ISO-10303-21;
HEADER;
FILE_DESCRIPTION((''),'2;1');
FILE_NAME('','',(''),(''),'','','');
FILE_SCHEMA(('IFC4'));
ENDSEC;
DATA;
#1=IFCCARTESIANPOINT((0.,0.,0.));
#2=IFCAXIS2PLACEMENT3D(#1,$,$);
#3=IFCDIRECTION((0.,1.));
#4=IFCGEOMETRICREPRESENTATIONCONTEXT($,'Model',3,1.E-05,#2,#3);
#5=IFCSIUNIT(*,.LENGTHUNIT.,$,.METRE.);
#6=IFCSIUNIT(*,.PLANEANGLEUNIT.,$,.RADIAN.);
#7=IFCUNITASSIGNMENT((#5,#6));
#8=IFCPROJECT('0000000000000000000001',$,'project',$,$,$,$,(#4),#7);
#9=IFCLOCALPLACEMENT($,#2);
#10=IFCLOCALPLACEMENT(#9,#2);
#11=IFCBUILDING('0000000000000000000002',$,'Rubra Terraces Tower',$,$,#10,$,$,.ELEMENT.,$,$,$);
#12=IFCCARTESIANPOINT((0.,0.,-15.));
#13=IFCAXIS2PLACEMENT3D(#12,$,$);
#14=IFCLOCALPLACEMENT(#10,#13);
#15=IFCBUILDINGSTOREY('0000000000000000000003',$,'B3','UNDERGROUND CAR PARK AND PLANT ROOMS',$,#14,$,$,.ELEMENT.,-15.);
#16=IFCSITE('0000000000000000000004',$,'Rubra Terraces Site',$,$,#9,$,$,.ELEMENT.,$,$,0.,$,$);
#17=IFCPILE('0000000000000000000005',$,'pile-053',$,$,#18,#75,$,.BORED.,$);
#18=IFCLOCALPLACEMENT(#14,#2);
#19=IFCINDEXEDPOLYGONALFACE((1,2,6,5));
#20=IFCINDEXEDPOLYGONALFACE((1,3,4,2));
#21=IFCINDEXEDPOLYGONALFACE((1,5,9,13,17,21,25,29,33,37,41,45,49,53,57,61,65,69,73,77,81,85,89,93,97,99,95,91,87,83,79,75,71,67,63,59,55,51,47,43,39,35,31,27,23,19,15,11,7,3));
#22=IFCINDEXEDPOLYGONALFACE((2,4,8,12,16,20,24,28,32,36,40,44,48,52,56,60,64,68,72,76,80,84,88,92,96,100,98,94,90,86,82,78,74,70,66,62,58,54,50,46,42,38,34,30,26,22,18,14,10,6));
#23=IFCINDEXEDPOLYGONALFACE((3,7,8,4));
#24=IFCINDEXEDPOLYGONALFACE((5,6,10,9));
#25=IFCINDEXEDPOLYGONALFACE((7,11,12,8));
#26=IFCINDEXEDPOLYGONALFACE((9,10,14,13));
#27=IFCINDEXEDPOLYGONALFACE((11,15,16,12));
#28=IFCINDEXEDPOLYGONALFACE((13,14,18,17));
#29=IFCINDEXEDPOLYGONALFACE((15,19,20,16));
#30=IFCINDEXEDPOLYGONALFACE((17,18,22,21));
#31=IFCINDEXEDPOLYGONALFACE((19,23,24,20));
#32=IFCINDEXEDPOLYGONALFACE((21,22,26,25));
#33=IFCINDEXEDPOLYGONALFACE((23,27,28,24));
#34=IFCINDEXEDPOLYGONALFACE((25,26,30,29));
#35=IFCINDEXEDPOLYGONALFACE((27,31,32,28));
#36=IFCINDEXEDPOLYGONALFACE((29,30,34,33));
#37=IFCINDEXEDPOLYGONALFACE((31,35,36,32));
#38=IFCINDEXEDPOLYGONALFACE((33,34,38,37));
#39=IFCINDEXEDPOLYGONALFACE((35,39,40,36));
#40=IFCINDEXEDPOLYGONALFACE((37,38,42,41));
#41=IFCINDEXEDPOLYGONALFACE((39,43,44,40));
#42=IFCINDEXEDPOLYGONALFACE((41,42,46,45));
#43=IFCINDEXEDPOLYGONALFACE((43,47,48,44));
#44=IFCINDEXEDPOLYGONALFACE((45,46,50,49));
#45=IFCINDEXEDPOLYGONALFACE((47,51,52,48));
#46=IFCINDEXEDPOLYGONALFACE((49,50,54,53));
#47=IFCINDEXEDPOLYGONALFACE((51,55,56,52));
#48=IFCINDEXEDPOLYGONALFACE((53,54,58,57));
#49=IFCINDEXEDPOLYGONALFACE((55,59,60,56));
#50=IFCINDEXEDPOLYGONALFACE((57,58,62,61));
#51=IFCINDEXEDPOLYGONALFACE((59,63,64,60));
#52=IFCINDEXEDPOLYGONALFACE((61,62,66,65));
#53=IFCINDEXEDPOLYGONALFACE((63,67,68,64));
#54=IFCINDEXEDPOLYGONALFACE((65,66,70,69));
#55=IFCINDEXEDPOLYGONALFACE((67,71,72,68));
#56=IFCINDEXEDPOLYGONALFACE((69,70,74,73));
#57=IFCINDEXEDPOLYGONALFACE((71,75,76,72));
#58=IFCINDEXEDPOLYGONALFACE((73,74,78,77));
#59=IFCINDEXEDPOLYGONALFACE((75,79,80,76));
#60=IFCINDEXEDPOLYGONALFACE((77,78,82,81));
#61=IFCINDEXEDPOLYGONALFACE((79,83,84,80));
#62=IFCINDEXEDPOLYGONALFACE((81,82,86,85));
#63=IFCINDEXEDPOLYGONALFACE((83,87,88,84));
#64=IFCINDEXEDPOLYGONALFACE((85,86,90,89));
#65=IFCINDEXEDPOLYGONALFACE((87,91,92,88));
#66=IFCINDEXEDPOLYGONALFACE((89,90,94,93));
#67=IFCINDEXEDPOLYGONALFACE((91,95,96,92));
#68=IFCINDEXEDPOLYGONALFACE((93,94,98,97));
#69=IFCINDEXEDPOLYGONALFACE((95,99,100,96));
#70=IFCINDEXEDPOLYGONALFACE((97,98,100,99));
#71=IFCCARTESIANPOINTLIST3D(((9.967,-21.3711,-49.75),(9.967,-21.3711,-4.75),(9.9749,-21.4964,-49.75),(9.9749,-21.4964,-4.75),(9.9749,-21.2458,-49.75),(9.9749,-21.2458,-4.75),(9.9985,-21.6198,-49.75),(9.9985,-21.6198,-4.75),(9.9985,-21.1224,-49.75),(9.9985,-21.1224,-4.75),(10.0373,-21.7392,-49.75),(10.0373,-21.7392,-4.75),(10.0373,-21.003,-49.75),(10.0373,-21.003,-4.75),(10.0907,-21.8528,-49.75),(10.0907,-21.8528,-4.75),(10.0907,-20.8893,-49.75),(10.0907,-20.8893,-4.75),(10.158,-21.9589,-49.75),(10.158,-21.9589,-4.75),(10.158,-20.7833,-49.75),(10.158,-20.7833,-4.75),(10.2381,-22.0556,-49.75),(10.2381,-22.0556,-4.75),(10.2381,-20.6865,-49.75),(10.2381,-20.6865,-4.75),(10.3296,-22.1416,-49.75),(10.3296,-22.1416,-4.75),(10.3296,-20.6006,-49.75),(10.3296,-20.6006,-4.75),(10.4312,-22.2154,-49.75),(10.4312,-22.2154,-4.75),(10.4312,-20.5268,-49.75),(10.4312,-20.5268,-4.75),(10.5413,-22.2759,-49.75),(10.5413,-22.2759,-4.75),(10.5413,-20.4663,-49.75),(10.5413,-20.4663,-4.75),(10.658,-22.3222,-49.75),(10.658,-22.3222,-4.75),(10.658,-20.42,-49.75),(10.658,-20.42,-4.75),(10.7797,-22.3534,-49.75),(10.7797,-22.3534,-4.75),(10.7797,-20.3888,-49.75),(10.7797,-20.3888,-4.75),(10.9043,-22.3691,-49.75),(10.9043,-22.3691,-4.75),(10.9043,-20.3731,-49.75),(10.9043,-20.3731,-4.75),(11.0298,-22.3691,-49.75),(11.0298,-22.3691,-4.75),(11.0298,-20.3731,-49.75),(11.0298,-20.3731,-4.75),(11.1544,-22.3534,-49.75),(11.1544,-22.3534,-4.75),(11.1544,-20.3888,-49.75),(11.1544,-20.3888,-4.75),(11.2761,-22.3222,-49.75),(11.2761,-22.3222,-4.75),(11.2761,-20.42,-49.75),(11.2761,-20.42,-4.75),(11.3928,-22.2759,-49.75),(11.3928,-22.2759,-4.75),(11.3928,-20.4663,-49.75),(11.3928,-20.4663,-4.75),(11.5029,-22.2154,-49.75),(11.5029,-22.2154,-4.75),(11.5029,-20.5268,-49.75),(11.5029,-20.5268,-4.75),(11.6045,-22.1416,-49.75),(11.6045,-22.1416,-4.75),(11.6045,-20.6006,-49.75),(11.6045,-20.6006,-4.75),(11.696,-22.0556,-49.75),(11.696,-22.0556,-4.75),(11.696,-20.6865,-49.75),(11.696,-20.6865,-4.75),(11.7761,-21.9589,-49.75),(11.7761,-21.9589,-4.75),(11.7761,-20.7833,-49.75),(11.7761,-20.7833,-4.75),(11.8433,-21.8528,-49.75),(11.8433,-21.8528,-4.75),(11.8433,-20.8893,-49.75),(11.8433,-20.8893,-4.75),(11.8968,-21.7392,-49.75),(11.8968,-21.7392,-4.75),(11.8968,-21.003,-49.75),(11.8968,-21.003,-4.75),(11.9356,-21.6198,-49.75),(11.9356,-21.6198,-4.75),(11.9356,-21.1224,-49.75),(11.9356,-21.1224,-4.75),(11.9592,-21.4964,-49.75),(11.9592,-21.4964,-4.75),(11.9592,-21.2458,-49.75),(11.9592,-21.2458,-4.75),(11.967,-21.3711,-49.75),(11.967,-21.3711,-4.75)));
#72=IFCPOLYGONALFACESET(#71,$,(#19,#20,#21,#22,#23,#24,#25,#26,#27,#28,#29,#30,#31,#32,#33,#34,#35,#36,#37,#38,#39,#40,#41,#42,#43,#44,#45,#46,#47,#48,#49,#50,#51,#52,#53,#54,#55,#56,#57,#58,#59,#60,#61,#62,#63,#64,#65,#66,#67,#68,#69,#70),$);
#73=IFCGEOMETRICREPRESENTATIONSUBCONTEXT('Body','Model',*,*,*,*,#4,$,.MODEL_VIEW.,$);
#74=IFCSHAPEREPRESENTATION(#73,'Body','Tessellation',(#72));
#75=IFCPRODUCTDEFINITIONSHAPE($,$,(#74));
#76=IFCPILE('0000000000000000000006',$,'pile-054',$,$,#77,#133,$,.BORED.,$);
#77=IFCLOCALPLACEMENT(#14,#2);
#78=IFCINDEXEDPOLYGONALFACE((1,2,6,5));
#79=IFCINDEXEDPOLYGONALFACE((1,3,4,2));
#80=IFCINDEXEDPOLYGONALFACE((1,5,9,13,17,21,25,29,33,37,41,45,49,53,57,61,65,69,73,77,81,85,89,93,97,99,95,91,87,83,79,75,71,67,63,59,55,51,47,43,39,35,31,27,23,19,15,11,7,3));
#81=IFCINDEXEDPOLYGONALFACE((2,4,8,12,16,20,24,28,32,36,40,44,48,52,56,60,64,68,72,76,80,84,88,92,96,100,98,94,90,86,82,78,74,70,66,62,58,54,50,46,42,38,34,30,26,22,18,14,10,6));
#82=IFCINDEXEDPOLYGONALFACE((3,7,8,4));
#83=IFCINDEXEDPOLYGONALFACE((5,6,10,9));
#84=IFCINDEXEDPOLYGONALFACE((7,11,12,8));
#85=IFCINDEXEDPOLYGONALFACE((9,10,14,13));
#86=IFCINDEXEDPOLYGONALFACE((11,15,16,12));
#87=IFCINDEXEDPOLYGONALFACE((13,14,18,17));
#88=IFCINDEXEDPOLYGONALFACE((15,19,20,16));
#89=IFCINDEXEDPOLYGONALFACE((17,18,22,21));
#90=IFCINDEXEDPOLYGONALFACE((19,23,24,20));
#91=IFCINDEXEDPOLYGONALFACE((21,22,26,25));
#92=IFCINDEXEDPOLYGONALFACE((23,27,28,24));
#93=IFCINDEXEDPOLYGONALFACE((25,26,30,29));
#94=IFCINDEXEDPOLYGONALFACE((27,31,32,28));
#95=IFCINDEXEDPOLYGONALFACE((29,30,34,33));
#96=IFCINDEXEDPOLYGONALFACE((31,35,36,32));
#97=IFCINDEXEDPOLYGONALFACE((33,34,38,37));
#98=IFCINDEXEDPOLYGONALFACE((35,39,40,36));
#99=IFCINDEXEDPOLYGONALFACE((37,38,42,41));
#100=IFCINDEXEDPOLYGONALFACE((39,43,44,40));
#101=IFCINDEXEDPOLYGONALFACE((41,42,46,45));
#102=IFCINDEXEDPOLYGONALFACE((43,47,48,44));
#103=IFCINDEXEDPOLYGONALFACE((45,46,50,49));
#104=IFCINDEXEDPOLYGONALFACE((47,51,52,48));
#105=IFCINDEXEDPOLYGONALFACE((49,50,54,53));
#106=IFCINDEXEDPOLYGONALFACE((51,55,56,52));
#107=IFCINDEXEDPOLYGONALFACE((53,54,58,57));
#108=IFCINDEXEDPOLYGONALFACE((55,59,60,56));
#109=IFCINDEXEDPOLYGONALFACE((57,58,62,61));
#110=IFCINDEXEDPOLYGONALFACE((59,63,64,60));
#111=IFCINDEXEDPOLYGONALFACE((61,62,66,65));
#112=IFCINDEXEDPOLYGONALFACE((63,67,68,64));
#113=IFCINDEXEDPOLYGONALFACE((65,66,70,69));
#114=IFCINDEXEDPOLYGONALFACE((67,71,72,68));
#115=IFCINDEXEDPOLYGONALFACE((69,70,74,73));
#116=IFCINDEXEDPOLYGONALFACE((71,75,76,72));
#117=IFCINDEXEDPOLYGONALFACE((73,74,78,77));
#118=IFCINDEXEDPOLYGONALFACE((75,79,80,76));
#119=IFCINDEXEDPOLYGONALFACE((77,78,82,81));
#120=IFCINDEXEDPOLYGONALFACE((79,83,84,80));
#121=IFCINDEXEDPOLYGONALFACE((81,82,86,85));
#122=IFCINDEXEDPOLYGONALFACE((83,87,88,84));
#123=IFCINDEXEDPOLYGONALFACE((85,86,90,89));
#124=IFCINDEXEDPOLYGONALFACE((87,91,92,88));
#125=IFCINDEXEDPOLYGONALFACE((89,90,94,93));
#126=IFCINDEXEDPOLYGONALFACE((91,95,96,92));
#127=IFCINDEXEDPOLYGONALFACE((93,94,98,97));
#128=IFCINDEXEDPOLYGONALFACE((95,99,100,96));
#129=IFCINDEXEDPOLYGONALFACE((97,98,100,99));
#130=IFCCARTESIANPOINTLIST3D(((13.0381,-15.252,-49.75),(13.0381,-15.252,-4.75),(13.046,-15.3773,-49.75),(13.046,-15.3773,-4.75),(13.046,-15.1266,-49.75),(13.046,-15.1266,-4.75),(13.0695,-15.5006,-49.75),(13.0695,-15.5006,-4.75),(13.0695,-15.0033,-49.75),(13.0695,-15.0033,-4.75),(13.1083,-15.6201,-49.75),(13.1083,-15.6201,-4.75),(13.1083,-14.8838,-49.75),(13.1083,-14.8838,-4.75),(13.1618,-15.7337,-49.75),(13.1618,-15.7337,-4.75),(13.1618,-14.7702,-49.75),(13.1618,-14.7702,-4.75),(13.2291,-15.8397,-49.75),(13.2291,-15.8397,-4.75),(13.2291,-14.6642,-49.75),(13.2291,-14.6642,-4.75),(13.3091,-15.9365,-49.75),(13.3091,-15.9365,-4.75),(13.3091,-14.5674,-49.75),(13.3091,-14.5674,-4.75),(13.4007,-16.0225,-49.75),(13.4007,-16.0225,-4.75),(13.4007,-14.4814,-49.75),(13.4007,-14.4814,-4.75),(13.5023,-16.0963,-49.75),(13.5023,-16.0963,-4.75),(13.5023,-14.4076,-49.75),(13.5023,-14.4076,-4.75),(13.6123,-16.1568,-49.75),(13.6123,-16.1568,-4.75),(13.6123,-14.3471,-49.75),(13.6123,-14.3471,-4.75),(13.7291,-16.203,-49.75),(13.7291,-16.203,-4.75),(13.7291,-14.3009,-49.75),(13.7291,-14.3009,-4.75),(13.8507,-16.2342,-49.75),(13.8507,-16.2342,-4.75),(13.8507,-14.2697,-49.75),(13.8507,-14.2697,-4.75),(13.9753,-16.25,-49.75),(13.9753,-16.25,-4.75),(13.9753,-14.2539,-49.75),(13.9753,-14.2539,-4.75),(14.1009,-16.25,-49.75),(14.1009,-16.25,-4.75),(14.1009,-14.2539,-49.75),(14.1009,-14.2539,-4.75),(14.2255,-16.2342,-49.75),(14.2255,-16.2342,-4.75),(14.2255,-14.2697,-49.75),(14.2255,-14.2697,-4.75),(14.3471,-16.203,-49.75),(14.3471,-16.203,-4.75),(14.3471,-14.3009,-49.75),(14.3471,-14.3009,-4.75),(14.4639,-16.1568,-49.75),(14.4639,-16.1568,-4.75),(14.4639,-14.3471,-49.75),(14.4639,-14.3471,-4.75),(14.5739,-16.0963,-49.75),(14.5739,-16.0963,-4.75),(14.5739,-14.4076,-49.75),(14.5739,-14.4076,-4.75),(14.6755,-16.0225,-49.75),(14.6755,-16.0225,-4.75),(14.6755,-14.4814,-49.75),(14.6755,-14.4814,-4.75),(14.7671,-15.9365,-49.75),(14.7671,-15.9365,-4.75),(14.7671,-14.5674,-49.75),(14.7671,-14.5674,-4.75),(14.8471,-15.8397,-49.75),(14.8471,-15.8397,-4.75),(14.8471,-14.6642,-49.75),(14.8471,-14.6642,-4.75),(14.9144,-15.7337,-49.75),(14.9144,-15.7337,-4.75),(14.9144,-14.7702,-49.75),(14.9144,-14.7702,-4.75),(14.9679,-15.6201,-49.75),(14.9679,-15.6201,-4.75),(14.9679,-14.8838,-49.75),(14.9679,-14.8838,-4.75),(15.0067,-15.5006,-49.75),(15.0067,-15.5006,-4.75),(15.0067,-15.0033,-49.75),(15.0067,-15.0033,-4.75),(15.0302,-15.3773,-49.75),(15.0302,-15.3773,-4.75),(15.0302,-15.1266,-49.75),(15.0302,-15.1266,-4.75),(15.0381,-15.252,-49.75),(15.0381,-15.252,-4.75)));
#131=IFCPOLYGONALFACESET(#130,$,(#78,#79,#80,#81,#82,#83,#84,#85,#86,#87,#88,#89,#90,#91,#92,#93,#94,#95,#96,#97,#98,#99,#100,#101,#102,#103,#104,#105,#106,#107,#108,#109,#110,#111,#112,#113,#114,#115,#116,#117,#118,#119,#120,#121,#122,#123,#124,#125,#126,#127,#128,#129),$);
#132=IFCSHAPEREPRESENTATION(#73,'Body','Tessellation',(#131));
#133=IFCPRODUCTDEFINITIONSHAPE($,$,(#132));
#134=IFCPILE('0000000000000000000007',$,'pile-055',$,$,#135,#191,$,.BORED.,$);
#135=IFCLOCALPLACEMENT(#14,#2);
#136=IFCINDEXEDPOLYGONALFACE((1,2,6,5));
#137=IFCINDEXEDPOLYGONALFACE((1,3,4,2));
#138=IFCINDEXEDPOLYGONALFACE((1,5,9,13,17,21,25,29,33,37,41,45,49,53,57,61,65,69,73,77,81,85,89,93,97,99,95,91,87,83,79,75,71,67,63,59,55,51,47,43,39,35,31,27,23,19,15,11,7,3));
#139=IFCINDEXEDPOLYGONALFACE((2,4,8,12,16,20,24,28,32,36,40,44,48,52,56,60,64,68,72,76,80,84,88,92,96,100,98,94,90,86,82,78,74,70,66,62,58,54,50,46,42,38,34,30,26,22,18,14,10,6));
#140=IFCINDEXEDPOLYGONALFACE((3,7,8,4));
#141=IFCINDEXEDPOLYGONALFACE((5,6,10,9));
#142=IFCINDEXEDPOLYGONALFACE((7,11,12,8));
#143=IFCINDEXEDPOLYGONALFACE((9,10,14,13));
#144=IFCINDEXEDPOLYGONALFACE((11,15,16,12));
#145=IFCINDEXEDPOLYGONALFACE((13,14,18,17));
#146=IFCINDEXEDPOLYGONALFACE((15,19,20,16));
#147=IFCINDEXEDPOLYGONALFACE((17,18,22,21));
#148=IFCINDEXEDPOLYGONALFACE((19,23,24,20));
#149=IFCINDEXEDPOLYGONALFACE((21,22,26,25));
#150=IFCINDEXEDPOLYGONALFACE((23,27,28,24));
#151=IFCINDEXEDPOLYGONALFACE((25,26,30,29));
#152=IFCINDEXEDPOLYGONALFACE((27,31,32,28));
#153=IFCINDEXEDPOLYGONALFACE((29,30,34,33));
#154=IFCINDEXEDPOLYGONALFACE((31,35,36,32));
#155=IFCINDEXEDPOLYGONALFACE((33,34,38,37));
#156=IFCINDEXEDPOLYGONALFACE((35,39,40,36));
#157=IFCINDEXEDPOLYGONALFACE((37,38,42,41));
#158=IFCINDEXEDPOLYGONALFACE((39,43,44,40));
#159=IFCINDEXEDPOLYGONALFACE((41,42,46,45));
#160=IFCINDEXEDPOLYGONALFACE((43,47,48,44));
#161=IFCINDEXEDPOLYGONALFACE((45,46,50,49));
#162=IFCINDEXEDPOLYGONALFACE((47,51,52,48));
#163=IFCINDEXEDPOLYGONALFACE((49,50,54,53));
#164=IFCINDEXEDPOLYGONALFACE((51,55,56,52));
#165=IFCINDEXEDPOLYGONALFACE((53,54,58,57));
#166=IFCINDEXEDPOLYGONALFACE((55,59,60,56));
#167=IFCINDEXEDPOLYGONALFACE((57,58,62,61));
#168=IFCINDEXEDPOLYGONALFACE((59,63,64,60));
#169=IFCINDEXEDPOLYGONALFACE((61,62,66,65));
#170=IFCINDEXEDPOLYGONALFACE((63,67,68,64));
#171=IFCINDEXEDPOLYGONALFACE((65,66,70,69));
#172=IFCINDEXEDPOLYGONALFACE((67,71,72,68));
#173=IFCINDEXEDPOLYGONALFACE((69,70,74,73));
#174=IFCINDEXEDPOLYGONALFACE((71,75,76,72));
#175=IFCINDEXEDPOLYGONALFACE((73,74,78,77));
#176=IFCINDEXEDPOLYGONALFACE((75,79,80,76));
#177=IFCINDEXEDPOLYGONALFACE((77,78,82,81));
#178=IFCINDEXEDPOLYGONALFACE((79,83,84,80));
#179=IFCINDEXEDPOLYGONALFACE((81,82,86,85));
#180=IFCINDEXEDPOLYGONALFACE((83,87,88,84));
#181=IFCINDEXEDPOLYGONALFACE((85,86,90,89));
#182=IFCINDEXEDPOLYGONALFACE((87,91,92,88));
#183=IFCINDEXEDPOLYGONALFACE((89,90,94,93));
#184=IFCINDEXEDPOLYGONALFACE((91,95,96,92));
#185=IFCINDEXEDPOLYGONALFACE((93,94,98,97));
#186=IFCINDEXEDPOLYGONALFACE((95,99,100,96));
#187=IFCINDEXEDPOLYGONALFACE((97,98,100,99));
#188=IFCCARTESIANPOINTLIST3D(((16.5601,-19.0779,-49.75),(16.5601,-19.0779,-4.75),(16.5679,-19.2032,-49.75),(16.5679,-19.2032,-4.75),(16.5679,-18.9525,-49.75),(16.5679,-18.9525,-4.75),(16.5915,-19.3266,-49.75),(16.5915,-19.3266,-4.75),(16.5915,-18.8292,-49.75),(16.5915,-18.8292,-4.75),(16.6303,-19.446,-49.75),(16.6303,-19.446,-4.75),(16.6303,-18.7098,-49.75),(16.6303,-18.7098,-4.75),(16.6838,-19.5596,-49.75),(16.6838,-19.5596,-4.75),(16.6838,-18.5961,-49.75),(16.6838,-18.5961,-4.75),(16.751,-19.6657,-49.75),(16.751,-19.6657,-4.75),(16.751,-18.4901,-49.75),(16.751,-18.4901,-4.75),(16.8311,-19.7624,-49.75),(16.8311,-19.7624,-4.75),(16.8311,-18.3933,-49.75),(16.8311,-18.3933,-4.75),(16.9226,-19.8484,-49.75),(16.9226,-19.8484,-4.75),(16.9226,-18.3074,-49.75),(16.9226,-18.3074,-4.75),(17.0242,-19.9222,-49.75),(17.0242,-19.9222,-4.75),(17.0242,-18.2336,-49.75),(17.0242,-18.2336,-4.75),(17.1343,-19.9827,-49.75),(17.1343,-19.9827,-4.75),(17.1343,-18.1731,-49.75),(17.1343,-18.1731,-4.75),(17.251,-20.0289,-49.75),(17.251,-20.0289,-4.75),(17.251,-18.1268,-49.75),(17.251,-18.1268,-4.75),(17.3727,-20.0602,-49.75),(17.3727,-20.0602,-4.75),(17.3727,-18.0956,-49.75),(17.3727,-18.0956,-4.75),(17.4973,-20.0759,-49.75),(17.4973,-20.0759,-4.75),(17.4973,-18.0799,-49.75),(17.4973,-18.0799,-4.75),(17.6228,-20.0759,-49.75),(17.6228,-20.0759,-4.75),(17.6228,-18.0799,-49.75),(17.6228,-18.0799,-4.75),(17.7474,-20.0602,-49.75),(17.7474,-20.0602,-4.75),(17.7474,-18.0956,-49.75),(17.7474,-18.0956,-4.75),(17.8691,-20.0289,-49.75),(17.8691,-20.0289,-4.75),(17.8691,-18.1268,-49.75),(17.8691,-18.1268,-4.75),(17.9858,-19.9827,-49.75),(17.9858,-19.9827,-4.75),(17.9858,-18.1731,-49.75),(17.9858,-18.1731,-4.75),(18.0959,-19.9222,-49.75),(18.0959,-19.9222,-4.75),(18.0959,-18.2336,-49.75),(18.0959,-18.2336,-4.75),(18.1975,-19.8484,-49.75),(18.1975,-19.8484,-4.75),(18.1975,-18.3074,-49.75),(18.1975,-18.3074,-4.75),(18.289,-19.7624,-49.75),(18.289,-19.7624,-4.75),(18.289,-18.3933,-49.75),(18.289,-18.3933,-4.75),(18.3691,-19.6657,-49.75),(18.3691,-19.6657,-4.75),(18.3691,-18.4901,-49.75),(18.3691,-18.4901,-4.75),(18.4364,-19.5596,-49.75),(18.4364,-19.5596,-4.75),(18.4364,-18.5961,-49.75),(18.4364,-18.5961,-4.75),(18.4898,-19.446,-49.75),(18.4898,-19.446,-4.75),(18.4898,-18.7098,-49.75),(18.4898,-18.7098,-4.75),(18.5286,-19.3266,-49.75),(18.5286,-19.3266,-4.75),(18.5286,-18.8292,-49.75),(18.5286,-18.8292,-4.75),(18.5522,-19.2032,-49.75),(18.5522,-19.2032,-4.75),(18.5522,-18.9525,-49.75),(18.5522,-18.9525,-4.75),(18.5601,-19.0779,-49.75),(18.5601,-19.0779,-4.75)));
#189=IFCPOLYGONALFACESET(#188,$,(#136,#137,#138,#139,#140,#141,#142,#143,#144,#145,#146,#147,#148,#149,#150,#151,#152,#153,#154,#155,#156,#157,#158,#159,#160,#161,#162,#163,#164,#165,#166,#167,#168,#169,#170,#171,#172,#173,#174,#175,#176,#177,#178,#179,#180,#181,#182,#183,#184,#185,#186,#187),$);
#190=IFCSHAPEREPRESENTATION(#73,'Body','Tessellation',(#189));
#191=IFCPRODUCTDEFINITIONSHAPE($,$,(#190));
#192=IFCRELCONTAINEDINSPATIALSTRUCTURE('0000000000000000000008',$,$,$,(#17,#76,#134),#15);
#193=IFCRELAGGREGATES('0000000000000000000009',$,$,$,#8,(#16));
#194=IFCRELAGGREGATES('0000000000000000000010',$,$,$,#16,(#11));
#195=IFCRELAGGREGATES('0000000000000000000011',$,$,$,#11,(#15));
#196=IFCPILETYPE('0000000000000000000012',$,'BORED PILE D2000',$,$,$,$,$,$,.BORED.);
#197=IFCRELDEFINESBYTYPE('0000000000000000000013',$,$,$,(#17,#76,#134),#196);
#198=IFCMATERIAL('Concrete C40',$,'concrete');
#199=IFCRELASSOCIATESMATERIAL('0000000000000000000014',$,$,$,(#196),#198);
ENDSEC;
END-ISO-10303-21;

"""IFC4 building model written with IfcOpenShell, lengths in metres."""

from ifc_helpers import new_model, si_unit, direction, frame, origin, origin_2d, place, context, subcontext, project, spatial, circle, extrude, material, material_profile, profile_set, type_object, element, save


model = new_model("IFC4")

# Units and contexts
model_context = context("Model", 3, precision=1e-05, world=origin(), true_north=direction((0.0, 1.0)))
body_context = subcontext(model_context, "Body", "Model", "MODEL_VIEW")
ifc_project = project(units=[si_unit("LENGTHUNIT", "METRE"), si_unit("PLANEANGLEUNIT", "RADIAN")], contexts=[model_context])

# Site, building, storey
site_placement = place(None, origin())
site = spatial("IfcSite", under=ifc_project, at=site_placement, Name="Rubra Terraces Site", CompositionType="ELEMENT", RefElevation=0.0)
building_placement = place(site_placement, origin())
building = spatial("IfcBuilding", under=site, at=building_placement, Name="Rubra Terraces Tower", CompositionType="ELEMENT")
storey_placement = place(building_placement, frame((0.0, 0.0, -15.0)))
storey = spatial("IfcBuildingStorey", under=building, at=storey_placement, Name="B3", Description="UNDERGROUND CAR PARK AND PLANT ROOMS", CompositionType="ELEMENT", Elevation=-15.0)

# Piles
ifc_material_1 = material(Name="Concrete C40", Category="concrete")
ifc_material_profile_1 = material_profile(ifc_material_1, circle(Radius=1.0, at=origin_2d()), Name="BORED PILE D2000")
ifc_profile_set_1 = profile_set([ifc_material_profile_1], Name="Concrete C40")
pile_type = type_object("IfcPileType", Name="BORED PILE D2000", PredefinedType="BORED", material=ifc_profile_set_1)
for number, where, z_axis, x_axis, name in (
    (1, (10.967, -21.3711, -4.75), (0.0, 0.0, -1.0), (1.0, 0.0, 0.0), "pile-053"),
    (2, (14.0381, -15.252, -4.75), (0.0, 0.0, -1.0), (1.0, 0.0, 0.0), "pile-054"),
    (3, (17.5601, -19.0779, -4.75), (0.0, 0.0, -1.0), (1.0, 0.0, 0.0), "pile-055"),
):
    element("IfcPile", number, at=place(storey_placement, frame(where, z_axis=z_axis, x_axis=x_axis)), inside=storey, type_object=pile_type, Name=name, PredefinedType="BORED", context=body_context, shape_type="SweptSolid", body=[
        extrude(circle(Radius=1.0, at=origin_2d()), origin(), (0.0, 0.0, 1.0), 45.0),
    ])

save(model, "model.ifc")
